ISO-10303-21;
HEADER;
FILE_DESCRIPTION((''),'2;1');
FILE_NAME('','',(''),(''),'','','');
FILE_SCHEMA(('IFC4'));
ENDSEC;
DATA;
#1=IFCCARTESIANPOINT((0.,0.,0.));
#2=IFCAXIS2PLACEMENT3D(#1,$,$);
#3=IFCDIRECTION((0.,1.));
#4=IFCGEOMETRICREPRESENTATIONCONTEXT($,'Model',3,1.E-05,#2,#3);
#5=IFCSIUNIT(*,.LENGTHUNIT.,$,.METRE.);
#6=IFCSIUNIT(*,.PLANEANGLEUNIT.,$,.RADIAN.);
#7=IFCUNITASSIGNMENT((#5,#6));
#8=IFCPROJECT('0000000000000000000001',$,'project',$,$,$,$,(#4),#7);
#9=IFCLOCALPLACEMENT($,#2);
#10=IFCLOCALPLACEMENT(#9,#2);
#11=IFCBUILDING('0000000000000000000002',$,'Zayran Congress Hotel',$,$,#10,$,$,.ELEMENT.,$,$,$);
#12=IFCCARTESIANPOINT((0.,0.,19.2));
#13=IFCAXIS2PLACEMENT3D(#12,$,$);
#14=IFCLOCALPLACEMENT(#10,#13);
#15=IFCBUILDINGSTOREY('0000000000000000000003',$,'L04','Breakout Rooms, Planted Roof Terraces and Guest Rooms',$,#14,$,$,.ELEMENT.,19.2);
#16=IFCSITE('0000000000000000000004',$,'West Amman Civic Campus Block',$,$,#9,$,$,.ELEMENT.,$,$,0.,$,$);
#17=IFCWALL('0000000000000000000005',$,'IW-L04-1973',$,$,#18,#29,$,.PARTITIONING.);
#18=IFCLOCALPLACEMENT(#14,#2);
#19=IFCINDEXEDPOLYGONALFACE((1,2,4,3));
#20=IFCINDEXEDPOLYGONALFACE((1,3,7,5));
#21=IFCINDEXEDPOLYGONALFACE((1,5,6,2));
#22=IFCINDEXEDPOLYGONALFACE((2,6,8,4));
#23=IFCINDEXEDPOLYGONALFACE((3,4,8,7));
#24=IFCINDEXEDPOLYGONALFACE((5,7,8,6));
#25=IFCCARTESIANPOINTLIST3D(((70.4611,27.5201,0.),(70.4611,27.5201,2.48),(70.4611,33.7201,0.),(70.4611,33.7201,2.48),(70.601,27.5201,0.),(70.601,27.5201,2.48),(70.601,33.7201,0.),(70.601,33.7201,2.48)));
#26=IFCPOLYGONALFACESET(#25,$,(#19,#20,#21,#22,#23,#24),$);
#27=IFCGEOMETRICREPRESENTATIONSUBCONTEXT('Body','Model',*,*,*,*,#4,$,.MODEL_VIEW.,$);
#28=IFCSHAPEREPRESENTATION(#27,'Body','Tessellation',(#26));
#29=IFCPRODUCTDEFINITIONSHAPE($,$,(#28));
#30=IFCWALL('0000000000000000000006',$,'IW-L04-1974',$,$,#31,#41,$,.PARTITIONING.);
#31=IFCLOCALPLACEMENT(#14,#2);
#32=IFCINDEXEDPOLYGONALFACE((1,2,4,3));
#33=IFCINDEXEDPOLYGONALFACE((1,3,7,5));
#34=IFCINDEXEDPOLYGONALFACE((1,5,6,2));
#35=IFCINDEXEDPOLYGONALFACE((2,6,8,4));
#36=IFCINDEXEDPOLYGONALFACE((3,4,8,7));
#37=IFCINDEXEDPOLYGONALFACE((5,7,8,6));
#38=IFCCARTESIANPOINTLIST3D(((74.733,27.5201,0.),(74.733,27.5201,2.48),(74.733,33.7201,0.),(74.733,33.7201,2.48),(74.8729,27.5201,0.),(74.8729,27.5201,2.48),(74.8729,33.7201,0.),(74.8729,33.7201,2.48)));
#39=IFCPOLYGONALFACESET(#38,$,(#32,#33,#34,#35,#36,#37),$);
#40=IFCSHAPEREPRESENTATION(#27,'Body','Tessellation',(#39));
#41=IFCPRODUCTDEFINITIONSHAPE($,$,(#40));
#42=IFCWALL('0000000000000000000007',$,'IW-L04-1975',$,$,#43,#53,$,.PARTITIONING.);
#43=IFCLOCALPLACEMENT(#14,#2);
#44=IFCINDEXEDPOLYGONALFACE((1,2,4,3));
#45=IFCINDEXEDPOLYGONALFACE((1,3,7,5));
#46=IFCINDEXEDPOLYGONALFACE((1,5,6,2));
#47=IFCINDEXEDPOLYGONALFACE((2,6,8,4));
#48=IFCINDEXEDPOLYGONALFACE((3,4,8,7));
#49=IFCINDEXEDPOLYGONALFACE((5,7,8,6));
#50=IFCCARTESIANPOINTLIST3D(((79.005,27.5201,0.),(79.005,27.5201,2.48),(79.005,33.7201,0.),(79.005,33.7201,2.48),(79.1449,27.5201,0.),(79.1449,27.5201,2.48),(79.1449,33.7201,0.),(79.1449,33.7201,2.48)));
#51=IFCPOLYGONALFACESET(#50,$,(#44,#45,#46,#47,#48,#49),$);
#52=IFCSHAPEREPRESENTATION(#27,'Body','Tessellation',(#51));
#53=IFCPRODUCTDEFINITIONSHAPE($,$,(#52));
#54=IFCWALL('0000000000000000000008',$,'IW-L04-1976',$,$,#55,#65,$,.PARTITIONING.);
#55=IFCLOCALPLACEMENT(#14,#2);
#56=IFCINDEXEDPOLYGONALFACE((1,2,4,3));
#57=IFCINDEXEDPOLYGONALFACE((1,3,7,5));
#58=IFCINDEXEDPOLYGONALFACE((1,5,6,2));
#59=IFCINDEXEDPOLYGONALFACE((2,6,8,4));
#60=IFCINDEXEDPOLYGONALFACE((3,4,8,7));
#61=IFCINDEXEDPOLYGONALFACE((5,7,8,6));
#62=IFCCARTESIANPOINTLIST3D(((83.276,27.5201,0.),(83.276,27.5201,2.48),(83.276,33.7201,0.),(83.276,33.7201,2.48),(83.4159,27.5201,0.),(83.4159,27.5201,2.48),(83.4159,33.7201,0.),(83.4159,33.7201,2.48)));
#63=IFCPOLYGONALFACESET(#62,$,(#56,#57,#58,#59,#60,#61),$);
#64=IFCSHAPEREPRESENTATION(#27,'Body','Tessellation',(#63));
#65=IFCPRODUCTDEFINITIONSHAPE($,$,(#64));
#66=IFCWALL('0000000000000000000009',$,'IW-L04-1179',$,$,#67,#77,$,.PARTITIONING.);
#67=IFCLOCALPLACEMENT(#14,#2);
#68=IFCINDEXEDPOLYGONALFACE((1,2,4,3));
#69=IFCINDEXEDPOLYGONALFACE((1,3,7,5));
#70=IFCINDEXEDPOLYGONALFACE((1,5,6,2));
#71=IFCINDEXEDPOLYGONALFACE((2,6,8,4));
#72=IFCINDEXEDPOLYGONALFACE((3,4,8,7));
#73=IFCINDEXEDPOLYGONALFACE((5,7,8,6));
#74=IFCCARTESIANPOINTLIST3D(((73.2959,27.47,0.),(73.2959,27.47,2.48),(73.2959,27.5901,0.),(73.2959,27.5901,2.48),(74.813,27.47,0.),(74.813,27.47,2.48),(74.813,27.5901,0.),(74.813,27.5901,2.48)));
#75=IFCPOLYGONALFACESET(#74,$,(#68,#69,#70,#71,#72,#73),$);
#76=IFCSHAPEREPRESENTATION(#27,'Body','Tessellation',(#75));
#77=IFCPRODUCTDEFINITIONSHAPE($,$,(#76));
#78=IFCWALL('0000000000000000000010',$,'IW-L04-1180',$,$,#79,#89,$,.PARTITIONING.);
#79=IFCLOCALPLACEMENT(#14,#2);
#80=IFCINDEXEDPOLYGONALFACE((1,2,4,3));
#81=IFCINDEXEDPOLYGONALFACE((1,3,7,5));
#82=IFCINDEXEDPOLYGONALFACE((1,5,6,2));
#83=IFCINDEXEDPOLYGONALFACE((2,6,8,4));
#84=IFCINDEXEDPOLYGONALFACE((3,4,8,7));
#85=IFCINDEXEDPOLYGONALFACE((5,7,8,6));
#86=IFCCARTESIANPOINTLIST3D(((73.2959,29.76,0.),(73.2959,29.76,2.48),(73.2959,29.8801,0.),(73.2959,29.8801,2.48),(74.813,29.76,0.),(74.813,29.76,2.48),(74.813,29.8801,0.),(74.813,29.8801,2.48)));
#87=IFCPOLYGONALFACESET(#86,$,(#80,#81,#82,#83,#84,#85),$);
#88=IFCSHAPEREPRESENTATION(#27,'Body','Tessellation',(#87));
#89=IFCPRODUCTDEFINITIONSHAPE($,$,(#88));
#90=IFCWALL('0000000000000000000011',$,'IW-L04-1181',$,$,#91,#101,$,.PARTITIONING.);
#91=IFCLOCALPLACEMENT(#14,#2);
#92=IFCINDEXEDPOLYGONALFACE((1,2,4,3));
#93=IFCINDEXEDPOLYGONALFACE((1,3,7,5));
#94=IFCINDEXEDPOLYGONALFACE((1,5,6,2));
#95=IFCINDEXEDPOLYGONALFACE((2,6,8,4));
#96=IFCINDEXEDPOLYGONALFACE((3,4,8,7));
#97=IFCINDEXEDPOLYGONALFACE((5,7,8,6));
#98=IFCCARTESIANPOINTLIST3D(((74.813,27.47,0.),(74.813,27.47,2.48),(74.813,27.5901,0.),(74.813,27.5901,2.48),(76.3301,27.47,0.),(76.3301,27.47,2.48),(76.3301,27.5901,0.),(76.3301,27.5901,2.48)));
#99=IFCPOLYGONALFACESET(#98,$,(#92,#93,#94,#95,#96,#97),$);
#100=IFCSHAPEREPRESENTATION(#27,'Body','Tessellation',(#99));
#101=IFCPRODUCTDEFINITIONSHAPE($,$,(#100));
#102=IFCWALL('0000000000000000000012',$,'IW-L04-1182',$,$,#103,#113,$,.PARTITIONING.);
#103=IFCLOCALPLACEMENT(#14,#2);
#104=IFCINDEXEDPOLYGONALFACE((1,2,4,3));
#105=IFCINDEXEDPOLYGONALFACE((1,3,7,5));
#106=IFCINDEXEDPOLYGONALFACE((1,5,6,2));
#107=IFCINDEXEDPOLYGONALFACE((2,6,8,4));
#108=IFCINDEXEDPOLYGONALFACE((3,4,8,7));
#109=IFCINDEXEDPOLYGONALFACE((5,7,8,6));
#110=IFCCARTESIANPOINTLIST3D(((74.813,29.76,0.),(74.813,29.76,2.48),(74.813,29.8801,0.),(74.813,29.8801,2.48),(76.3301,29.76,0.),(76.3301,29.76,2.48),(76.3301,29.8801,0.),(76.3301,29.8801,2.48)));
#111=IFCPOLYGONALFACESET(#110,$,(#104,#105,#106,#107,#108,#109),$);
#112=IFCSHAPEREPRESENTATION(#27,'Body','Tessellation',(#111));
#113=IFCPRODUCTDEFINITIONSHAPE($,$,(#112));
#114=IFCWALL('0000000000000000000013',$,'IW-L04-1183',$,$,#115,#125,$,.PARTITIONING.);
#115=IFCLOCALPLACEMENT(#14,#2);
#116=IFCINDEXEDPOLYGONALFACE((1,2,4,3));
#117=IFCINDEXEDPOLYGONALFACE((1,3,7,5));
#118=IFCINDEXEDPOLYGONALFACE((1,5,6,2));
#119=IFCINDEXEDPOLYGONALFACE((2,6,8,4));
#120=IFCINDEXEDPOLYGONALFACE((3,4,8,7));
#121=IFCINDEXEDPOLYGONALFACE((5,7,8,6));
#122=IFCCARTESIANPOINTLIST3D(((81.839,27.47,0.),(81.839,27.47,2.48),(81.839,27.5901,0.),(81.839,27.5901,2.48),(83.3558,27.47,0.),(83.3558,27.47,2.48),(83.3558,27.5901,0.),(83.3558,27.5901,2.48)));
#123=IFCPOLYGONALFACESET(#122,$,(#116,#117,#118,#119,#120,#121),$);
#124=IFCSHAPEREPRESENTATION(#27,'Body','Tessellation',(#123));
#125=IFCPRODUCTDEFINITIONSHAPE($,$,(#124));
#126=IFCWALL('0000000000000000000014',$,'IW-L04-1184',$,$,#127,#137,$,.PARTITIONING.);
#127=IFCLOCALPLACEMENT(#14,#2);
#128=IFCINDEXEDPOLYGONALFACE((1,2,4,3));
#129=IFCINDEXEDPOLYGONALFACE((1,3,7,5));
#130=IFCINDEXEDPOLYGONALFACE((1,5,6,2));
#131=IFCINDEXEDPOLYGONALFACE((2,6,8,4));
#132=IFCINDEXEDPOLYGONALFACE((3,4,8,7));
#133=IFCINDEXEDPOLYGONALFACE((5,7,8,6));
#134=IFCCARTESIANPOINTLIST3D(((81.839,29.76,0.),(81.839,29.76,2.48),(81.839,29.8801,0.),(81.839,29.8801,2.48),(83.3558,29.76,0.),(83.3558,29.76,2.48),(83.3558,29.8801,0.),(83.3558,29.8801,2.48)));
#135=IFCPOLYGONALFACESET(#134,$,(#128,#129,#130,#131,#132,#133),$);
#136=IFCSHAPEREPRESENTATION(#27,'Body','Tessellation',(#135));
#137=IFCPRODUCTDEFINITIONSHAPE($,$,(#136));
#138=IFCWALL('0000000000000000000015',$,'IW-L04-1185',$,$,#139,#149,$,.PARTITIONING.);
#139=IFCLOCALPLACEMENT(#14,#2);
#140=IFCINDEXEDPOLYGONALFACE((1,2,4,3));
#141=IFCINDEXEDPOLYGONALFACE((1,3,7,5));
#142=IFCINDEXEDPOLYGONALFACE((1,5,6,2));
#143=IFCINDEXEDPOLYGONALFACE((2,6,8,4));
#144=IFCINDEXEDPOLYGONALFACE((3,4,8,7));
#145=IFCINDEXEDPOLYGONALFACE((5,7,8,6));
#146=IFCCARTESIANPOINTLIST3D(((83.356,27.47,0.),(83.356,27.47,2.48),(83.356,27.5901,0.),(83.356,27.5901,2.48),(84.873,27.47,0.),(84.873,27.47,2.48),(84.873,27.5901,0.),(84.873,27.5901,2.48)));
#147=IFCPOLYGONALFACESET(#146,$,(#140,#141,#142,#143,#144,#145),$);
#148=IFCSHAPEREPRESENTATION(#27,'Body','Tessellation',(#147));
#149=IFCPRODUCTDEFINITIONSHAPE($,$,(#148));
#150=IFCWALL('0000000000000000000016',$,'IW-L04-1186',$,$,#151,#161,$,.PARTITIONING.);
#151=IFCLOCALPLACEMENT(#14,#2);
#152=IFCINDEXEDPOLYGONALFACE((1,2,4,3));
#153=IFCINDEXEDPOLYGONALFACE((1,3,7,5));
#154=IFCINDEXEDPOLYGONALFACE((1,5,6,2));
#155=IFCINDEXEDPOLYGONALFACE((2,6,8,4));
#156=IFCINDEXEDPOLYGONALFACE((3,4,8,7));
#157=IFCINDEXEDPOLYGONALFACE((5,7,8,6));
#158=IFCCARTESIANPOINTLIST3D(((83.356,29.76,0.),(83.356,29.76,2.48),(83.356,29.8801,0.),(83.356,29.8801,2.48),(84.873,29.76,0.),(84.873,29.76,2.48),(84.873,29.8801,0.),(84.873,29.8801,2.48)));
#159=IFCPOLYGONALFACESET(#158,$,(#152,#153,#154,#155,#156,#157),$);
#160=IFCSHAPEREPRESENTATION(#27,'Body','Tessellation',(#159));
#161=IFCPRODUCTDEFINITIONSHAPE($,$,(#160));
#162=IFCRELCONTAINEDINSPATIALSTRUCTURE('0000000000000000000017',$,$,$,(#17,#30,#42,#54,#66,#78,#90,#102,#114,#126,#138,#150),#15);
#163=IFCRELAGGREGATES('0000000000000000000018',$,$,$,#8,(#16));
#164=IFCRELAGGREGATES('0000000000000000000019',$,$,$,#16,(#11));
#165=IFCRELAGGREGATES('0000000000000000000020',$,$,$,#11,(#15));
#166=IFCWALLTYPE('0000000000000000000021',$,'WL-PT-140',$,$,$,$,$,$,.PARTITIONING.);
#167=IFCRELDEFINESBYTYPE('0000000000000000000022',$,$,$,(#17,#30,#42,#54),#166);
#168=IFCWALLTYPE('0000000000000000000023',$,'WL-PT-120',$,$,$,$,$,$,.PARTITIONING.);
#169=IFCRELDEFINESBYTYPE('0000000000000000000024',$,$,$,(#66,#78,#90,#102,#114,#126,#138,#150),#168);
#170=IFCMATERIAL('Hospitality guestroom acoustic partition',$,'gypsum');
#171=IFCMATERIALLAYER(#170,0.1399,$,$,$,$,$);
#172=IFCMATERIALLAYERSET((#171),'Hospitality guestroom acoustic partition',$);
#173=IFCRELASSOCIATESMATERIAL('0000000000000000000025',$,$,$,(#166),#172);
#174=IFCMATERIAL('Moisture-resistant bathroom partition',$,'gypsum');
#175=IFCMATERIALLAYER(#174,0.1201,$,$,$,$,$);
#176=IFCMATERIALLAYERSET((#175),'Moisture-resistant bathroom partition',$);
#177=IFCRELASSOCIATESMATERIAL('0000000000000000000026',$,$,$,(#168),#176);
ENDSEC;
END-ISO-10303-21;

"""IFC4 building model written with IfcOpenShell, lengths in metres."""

from ifc_helpers import new_model, si_unit, direction, frame, frame_2d, origin, place, context, subcontext, project, spatial, rectangle, extrude, material, layer, layer_set, type_object, element, save


model = new_model("IFC4")

# Units and contexts
model_context = context("Model", 3, precision=1e-05, world=origin(), true_north=direction((0.0, 1.0)))
body_context = subcontext(model_context, "Body", "Model", "MODEL_VIEW")
ifc_project = project(units=[si_unit("LENGTHUNIT", "METRE"), si_unit("PLANEANGLEUNIT", "RADIAN")], contexts=[model_context])

# Site, building, storey
site_placement = place(None, origin())
site = spatial("IfcSite", under=ifc_project, at=site_placement, Name="West Amman Civic Campus Block", CompositionType="ELEMENT", RefElevation=0.0)
building_placement = place(site_placement, origin())
building = spatial("IfcBuilding", under=site, at=building_placement, Name="Zayran Congress Hotel", CompositionType="ELEMENT")
storey_placement = place(building_placement, frame((0.0, 0.0, 19.2)))
storey = spatial("IfcBuildingStorey", under=building, at=storey_placement, Name="L04", Description="Breakout Rooms, Planted Roof Terraces and Guest Rooms", CompositionType="ELEMENT", Elevation=19.2)

# Shared definitions
ifc_material_1 = material(Name="Hospitality guestroom acoustic partition", Category="gypsum")
ifc_layer_1 = layer(ifc_material_1, 0.1399)
ifc_layer_set_1 = layer_set([ifc_layer_1], Name="Hospitality guestroom acoustic partition")
wall_type_1 = type_object("IfcWallType", Name="WL-PT-140", PredefinedType="PARTITIONING", material=ifc_layer_set_1)

# Walls
for number, where, z_axis, x_axis, name in (
    (1, (70.531, 27.52, 0.0), (0.0, 0.0, 1.0), (0.0, 1.0, 0.0), "IW-L04-1973"),
    (2, (74.803, 27.52, 0.0), (0.0, 0.0, 1.0), (0.0, 1.0, 0.0), "IW-L04-1974"),
    (3, (79.075, 27.52, 0.0), (0.0, 0.0, 1.0), (0.0, 1.0, 0.0), "IW-L04-1975"),
    (4, (83.3459, 27.52, 0.0), (0.0, 0.0, 1.0), (0.0, 1.0, 0.0), "IW-L04-1976"),
):
    element("IfcWall", number, at=place(storey_placement, frame(where, z_axis=z_axis, x_axis=x_axis)), inside=storey, type_object=wall_type_1, Name=name, PredefinedType="PARTITIONING", context=body_context, shape_type="SweptSolid", body=[
        extrude(rectangle(XDim=6.2, YDim=0.1399, at=frame_2d((3.1001, 0.0))), origin(), (0.0, 0.0, 1.0), 2.48),
    ])

# Shared definitions
ifc_material_2 = material(Name="Moisture-resistant bathroom partition", Category="gypsum")
ifc_layer_2 = layer(ifc_material_2, 0.1201)
ifc_layer_set_2 = layer_set([ifc_layer_2], Name="Moisture-resistant bathroom partition")
wall_type_2 = type_object("IfcWallType", Name="WL-PT-120", PredefinedType="PARTITIONING", material=ifc_layer_set_2)

# Walls
for number, where, z_axis, x_axis, name in (
    (5, (73.2959, 27.53, 0.0), (0.0, 0.0, 1.0), (1.0, 0.0, 0.0), "IW-L04-1179"),
    (6, (73.2959, 29.8201, 0.0), (0.0, 0.0, 1.0), (1.0, 0.0, 0.0), "IW-L04-1180"),
    (7, (74.813, 27.53, 0.0), (0.0, 0.0, 1.0), (1.0, 0.0, 0.0), "IW-L04-1181"),
    (8, (74.813, 29.8201, 0.0), (0.0, 0.0, 1.0), (1.0, 0.0, 0.0), "IW-L04-1182"),
):
    element("IfcWall", number, at=place(storey_placement, frame(where, z_axis=z_axis, x_axis=x_axis)), inside=storey, type_object=wall_type_2, Name=name, PredefinedType="PARTITIONING", context=body_context, shape_type="SweptSolid", body=[
        extrude(rectangle(XDim=1.5171, YDim=0.1201, at=frame_2d((0.7585, 0.0))), origin(), (0.0, 0.0, 1.0), 2.48),
    ])
for number, where, z_axis, x_axis, name in (
    (9, (81.8391, 27.53, 0.0), (0.0, 0.0, 1.0), (1.0, 0.0, 0.0), "IW-L04-1183"),
    (10, (81.8391, 29.8201, 0.0), (0.0, 0.0, 1.0), (1.0, 0.0, 0.0), "IW-L04-1184"),
):
    element("IfcWall", number, at=place(storey_placement, frame(where, z_axis=z_axis, x_axis=x_axis)), inside=storey, type_object=wall_type_2, Name=name, PredefinedType="PARTITIONING", context=body_context, shape_type="SweptSolid", body=[
        extrude(rectangle(XDim=1.5168, YDim=0.1201, at=frame_2d((0.7583, 0.0))), origin(), (0.0, 0.0, 1.0), 2.48),
    ])
for number, where, z_axis, x_axis, name in (
    (11, (83.356, 27.53, 0.0), (0.0, 0.0, 1.0), (1.0, 0.0, 0.0), "IW-L04-1185"),
    (12, (83.356, 29.8201, 0.0), (0.0, 0.0, 1.0), (1.0, 0.0, 0.0), "IW-L04-1186"),
):
    element("IfcWall", number, at=place(storey_placement, frame(where, z_axis=z_axis, x_axis=x_axis)), inside=storey, type_object=wall_type_2, Name=name, PredefinedType="PARTITIONING", context=body_context, shape_type="SweptSolid", body=[
        extrude(rectangle(XDim=1.5171, YDim=0.1201, at=frame_2d((0.7585, 0.0))), origin(), (0.0, 0.0, 1.0), 2.48),
    ])

save(model, "model.ifc")
